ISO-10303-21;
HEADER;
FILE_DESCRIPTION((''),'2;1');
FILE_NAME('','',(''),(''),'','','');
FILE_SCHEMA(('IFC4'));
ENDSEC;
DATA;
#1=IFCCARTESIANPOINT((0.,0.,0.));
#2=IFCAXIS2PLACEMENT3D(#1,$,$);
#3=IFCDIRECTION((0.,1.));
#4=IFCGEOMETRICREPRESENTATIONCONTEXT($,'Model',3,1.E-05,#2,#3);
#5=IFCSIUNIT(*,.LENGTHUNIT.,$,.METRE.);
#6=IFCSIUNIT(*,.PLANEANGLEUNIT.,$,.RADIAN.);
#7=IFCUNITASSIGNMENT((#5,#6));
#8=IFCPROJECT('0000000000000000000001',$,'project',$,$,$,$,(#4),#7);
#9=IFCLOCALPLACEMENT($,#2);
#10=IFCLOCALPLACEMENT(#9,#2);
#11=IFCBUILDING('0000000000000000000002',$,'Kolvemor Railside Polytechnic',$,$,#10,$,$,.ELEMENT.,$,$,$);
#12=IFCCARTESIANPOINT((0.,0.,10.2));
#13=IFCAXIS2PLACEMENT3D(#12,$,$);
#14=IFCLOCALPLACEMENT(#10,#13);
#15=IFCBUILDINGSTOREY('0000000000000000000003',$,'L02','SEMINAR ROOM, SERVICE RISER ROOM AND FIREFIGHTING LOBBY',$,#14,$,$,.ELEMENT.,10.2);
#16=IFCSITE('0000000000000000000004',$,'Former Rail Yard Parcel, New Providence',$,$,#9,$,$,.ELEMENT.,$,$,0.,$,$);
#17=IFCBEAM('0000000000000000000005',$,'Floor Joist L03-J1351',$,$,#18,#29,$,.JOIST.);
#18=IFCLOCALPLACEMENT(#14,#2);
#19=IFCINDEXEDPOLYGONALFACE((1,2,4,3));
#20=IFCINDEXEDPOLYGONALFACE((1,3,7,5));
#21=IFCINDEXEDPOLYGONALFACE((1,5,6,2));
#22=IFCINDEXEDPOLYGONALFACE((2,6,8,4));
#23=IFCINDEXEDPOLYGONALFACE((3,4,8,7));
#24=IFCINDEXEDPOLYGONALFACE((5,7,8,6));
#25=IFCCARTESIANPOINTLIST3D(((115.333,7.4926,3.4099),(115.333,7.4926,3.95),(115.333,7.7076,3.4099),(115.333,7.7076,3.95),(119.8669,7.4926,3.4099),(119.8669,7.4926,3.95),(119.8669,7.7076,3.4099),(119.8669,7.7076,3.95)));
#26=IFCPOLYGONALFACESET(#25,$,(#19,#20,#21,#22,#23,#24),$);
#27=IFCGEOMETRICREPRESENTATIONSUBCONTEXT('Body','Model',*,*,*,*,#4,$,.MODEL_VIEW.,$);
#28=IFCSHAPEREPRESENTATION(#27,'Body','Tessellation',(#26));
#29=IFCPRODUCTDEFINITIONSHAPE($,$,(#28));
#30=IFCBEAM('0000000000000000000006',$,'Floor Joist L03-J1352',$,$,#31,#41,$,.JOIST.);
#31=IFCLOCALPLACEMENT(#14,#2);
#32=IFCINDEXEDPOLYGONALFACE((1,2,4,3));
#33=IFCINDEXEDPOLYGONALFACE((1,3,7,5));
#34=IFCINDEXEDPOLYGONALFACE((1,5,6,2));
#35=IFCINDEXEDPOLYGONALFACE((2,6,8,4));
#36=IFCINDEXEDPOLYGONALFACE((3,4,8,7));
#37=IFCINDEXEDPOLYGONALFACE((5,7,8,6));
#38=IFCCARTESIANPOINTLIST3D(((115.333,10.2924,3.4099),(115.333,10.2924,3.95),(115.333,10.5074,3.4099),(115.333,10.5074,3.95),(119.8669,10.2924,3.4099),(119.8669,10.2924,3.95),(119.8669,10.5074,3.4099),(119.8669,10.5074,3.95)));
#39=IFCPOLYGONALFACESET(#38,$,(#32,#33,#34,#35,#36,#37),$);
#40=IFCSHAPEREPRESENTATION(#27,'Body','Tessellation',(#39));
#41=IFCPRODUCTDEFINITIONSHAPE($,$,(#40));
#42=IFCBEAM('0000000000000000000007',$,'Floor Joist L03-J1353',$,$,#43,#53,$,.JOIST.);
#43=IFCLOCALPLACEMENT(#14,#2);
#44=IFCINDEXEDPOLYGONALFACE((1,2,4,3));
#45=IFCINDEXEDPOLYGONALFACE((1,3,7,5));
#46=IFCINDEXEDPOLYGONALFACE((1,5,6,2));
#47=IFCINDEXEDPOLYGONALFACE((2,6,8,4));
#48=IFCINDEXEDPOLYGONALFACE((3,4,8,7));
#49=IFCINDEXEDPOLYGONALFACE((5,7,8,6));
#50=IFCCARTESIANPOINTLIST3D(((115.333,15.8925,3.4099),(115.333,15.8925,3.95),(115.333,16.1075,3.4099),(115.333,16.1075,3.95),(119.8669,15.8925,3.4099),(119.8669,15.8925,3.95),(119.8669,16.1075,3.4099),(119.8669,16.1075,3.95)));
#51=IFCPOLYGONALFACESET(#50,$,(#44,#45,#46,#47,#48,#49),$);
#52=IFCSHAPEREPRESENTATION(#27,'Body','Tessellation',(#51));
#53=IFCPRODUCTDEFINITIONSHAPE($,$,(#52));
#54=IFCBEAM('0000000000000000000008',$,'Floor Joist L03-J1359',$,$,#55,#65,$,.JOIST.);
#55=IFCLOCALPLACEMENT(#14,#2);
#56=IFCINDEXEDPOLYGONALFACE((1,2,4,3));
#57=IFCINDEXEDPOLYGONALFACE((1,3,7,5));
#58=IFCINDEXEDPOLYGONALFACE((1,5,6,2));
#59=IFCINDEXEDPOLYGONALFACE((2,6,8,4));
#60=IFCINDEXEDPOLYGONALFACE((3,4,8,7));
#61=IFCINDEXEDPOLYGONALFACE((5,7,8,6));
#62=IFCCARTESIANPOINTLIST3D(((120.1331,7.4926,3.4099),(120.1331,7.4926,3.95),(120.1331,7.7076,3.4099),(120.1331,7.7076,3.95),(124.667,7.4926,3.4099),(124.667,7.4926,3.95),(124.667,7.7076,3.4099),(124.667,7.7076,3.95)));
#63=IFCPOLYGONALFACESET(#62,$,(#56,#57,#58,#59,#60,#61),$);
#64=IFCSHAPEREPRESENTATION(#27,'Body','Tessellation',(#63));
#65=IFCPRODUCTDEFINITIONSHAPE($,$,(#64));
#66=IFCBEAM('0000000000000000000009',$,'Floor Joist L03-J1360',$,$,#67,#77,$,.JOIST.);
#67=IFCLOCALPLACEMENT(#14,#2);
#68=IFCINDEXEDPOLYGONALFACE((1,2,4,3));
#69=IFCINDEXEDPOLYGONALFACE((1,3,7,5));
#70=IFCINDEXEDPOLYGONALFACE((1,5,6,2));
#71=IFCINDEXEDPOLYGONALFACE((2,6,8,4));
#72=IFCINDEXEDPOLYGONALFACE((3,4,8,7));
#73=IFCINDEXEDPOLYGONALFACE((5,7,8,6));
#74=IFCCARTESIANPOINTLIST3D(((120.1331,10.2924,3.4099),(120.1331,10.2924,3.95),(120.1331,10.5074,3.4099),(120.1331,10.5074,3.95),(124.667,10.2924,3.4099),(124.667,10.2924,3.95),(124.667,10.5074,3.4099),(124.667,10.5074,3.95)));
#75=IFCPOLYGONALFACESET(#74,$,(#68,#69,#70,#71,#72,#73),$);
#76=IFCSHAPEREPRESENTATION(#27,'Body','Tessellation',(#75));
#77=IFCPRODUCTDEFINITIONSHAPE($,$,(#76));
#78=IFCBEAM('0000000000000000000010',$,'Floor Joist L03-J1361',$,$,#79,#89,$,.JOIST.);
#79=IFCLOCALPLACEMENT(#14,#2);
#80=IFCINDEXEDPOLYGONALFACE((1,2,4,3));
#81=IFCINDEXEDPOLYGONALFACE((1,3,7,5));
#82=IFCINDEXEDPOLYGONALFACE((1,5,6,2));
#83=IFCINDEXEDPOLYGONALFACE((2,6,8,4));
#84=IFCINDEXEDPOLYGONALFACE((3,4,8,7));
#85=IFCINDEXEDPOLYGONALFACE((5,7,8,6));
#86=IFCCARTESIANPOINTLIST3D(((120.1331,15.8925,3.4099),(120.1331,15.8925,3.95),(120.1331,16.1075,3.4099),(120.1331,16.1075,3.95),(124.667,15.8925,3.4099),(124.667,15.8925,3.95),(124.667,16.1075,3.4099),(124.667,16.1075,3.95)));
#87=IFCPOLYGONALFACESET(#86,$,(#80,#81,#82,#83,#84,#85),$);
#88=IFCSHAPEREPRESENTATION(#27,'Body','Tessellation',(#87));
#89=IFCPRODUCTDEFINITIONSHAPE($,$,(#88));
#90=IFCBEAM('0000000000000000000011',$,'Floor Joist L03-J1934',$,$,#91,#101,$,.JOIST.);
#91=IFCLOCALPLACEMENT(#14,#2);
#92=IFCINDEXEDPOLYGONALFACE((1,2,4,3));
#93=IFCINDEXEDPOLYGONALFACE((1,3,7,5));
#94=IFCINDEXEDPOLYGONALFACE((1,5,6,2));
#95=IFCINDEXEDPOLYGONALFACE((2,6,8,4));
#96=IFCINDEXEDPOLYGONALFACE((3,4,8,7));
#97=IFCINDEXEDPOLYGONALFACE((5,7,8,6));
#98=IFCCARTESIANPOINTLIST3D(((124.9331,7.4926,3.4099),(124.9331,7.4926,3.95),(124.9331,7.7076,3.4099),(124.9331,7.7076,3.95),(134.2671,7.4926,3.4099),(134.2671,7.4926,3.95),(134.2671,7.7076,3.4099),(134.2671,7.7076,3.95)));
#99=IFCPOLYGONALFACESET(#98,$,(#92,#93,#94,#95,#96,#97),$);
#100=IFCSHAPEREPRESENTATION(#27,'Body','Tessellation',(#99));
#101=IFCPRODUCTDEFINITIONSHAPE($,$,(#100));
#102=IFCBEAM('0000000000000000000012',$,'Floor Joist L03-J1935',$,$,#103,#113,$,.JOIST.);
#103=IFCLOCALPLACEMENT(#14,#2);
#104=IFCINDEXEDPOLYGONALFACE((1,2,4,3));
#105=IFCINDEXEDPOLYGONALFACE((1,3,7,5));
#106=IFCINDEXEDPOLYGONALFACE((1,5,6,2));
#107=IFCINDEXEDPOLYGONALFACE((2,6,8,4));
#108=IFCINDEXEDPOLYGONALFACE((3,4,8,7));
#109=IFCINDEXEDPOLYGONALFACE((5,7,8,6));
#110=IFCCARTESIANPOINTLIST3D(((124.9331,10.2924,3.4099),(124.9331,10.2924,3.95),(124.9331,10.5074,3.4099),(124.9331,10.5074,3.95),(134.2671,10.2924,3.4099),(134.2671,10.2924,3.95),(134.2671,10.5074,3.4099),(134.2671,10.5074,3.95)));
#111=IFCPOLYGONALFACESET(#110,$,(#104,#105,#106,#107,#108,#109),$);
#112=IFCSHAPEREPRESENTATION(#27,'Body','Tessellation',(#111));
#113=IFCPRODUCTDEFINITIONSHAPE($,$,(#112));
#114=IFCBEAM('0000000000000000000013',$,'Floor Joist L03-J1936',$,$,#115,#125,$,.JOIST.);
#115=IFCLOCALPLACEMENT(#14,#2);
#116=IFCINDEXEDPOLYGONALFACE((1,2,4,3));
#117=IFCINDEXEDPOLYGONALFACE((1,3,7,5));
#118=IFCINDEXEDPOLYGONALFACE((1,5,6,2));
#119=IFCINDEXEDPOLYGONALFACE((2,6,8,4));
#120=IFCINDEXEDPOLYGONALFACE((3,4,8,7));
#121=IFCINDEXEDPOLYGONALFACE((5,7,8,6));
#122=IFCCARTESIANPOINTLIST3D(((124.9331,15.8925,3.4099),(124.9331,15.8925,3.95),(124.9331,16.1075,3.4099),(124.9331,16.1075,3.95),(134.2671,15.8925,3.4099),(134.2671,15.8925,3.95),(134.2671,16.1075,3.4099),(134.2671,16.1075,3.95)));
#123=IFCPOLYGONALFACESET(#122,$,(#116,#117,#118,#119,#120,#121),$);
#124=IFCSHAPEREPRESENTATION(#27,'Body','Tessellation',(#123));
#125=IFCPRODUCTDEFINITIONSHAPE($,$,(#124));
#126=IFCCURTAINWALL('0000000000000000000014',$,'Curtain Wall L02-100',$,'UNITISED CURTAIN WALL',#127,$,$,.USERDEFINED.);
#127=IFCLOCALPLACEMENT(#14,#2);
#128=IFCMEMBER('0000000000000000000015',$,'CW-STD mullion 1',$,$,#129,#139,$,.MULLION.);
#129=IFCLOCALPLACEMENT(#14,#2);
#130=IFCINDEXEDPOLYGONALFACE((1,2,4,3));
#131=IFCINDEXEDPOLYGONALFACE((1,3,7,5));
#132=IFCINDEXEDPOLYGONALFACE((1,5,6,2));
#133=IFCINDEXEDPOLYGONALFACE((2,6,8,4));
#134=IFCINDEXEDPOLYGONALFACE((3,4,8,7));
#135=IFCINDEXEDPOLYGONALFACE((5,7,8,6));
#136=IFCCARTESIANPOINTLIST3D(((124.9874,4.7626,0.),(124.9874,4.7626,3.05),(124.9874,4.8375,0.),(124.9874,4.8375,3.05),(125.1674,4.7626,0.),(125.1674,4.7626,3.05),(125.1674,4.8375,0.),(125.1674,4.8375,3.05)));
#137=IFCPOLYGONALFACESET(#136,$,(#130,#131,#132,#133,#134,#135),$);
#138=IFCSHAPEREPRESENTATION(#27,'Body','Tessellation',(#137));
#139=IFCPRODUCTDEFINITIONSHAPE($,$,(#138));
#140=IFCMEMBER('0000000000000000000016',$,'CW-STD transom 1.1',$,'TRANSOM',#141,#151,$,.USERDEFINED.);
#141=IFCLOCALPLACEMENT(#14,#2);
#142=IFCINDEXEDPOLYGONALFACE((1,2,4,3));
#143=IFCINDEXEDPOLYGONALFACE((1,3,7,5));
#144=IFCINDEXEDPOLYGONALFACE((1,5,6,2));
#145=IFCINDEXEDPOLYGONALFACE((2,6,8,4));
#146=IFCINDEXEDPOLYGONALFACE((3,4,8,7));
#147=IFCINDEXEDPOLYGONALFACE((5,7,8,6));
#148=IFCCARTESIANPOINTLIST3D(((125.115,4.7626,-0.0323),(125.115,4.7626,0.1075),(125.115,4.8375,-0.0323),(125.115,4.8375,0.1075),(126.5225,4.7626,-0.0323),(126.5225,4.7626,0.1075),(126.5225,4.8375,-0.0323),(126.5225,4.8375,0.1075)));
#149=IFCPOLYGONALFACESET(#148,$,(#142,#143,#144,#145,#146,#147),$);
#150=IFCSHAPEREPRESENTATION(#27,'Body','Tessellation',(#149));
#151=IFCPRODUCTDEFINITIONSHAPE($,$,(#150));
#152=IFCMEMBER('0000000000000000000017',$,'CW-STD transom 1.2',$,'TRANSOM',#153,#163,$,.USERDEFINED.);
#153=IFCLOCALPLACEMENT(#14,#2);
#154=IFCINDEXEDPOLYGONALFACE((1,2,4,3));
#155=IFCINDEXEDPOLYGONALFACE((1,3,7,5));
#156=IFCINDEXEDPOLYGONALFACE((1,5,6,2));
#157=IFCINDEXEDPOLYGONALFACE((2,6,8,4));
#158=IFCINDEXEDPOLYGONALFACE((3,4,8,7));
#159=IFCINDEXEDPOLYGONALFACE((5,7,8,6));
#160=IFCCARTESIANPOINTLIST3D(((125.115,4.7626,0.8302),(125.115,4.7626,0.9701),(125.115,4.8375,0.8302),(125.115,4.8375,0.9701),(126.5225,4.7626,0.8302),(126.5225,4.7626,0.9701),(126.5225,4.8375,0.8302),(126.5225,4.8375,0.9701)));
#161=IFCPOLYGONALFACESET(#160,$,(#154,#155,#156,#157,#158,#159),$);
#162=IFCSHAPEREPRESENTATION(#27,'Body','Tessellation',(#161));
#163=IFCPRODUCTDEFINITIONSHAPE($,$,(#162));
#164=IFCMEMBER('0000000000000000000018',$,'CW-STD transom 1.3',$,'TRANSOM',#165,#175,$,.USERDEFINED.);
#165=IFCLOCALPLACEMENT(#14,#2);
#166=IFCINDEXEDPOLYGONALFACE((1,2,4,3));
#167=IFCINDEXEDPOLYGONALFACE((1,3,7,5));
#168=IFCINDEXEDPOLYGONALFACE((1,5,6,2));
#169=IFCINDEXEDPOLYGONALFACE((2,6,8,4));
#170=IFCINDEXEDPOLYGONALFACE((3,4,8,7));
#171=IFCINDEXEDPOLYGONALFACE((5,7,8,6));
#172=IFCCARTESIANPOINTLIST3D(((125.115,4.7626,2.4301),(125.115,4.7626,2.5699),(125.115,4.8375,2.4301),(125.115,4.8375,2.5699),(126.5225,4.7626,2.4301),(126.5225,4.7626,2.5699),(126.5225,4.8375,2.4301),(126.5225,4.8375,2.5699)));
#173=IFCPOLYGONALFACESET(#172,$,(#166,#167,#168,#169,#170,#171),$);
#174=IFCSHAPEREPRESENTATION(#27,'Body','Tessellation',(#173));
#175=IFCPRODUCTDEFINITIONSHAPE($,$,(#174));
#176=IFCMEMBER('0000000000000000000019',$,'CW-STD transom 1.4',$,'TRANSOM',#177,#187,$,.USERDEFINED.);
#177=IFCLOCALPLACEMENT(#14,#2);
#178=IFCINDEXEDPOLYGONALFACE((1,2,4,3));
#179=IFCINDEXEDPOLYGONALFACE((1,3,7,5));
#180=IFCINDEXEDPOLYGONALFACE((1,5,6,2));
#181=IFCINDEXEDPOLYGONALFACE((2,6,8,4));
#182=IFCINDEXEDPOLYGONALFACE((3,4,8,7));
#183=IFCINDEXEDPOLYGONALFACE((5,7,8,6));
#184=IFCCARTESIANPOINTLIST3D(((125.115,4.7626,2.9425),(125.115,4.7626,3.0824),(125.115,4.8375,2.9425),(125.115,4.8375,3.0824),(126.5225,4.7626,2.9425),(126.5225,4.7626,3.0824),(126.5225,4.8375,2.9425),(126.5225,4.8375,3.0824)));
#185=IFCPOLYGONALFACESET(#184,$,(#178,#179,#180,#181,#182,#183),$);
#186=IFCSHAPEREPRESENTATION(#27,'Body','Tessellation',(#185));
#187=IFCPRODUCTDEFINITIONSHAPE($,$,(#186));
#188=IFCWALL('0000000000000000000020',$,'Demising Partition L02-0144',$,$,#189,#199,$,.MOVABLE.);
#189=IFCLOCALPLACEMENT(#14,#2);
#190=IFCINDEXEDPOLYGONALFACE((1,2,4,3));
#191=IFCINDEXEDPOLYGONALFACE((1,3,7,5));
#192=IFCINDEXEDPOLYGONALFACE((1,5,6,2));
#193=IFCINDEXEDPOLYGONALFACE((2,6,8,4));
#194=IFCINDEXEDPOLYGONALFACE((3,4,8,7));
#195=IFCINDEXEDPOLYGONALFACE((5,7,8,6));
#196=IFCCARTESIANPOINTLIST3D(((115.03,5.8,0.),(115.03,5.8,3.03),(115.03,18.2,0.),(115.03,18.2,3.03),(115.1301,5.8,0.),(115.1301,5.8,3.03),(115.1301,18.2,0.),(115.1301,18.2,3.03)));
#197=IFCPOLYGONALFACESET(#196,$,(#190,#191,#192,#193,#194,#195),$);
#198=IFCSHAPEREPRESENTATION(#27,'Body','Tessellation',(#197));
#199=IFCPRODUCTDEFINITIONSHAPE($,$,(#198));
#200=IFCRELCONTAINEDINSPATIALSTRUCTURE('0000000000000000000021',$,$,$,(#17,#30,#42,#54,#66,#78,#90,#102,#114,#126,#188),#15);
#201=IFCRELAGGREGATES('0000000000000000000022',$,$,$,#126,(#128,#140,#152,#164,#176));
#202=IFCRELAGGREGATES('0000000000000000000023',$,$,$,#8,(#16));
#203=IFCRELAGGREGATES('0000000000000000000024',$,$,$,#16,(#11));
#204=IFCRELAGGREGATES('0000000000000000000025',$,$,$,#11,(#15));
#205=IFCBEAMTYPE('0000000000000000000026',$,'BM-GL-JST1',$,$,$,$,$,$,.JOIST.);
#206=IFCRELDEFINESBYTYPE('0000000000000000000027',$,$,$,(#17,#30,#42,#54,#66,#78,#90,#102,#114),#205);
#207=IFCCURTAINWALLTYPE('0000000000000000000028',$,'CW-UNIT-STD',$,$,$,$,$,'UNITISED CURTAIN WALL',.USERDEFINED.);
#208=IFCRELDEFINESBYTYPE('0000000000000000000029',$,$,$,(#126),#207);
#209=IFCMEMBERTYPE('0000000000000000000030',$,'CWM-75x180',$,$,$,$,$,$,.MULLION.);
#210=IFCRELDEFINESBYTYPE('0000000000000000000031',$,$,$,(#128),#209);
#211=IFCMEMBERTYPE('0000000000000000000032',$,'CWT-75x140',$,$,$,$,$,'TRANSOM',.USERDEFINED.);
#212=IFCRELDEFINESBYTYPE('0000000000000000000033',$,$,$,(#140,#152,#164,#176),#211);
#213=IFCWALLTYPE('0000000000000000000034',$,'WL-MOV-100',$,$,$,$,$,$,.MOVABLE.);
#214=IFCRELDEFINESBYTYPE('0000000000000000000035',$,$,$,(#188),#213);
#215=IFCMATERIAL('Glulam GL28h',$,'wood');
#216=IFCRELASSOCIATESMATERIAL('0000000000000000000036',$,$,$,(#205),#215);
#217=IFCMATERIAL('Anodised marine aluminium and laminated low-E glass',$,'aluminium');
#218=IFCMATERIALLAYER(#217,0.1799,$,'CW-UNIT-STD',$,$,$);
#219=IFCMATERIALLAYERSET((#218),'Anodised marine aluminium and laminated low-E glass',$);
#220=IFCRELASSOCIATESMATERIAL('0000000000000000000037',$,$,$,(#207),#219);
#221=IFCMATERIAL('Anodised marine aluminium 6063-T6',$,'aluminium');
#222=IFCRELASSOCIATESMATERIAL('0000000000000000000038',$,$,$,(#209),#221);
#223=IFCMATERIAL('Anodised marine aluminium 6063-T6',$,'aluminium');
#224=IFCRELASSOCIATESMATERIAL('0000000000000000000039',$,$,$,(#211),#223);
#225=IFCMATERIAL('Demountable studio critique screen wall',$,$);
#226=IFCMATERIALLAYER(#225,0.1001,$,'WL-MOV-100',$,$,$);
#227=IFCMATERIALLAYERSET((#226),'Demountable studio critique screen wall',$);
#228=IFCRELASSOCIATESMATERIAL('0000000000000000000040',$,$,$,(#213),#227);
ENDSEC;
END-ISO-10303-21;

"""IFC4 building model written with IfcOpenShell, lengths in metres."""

from ifc_helpers import new_model, si_unit, direction, frame, frame_2d, origin, origin_2d, place, context, subcontext, project, spatial, rectangle, extrude, material, layer, layer_set, material_profile, profile_set, type_object, element, aggregate, save


model = new_model("IFC4")

# Units and contexts
model_context = context("Model", 3, precision=1e-05, world=origin(), true_north=direction((0.0, 1.0)))
body_context = subcontext(model_context, "Body", "Model", "MODEL_VIEW")
ifc_project = project(units=[si_unit("LENGTHUNIT", "METRE"), si_unit("PLANEANGLEUNIT", "RADIAN")], contexts=[model_context])

# Site, building, storey
site_placement = place(None, origin())
site = spatial("IfcSite", under=ifc_project, at=site_placement, Name="Former Rail Yard Parcel, New Providence", CompositionType="ELEMENT", RefElevation=0.0)
building_placement = place(site_placement, origin())
building = spatial("IfcBuilding", under=site, at=building_placement, Name="Kolvemor Railside Polytechnic", CompositionType="ELEMENT")
storey_placement = place(building_placement, frame((0.0, 0.0, 10.2)))
storey = spatial("IfcBuildingStorey", under=building, at=storey_placement, Name="L02", Description="SEMINAR ROOM, SERVICE RISER ROOM AND FIREFIGHTING LOBBY", CompositionType="ELEMENT", Elevation=10.2)

# Beams
ifc_material_1 = material(Name="Glulam GL28h", Category="wood")
ifc_material_profile_1 = material_profile(ifc_material_1, rectangle(XDim=0.2151, YDim=0.54, at=origin_2d()), Name="GL215x540")
ifc_profile_set_1 = profile_set([ifc_material_profile_1], Name="Glulam GL28h")
beam_type_1 = type_object("IfcBeamType", Name="BM-GL-JST1", PredefinedType="JOIST", material=ifc_profile_set_1)
for number, where, z_axis, x_axis, name in (
    (1, (115.333, 7.6001, 3.6799), (1.0, 0.0, 0.0), (0.0, 1.0, 0.0), "Floor Joist L03-J1351"),
    (2, (115.333, 10.3999, 3.6799), (1.0, 0.0, 0.0), (0.0, 1.0, 0.0), "Floor Joist L03-J1352"),
    (3, (115.333, 16.0, 3.6799), (1.0, 0.0, 0.0), (0.0, 1.0, 0.0), "Floor Joist L03-J1353"),
    (4, (120.1331, 7.6001, 3.6799), (1.0, 0.0, 0.0), (0.0, 1.0, 0.0), "Floor Joist L03-J1359"),
    (5, (120.1331, 10.3999, 3.6799), (1.0, 0.0, 0.0), (0.0, 1.0, 0.0), "Floor Joist L03-J1360"),
    (6, (120.1331, 16.0, 3.6799), (1.0, 0.0, 0.0), (0.0, 1.0, 0.0), "Floor Joist L03-J1361"),
):
    element("IfcBeam", number, at=place(storey_placement, frame(where, z_axis=z_axis, x_axis=x_axis)), inside=storey, type_object=beam_type_1, Name=name, PredefinedType="JOIST", context=body_context, shape_type="SweptSolid", body=[
        extrude(rectangle(XDim=0.2151, YDim=0.54, at=origin_2d()), origin(), (0.0, 0.0, 1.0), 4.5339),
    ])
for number, where, z_axis, x_axis, name in (
    (7, (124.9331, 7.6001, 3.6799), (1.0, 0.0, 0.0), (0.0, 1.0, 0.0), "Floor Joist L03-J1934"),
    (8, (124.9331, 10.3999, 3.6799), (1.0, 0.0, 0.0), (0.0, 1.0, 0.0), "Floor Joist L03-J1935"),
    (9, (124.9331, 16.0, 3.6799), (1.0, 0.0, 0.0), (0.0, 1.0, 0.0), "Floor Joist L03-J1936"),
):
    element("IfcBeam", number, at=place(storey_placement, frame(where, z_axis=z_axis, x_axis=x_axis)), inside=storey, type_object=beam_type_1, Name=name, PredefinedType="JOIST", context=body_context, shape_type="SweptSolid", body=[
        extrude(rectangle(XDim=0.2151, YDim=0.54, at=origin_2d()), origin(), (0.0, 0.0, 1.0), 9.334),
    ])

# Curtain wall, members
ifc_material_2 = material(Name="Anodised marine aluminium and laminated low-E glass", Category="aluminium")
ifc_layer_1 = layer(ifc_material_2, 0.1799, Name="CW-UNIT-STD")
ifc_layer_set_1 = layer_set([ifc_layer_1], Name="Anodised marine aluminium and laminated low-E glass")
curtain_wall_type = type_object("IfcCurtainWallType", Name="CW-UNIT-STD", ElementType="UNITISED CURTAIN WALL", PredefinedType="USERDEFINED", material=ifc_layer_set_1)
curtain_wall_placement = place(storey_placement, origin())
curtain_wall = element("IfcCurtainWall", 10, at=curtain_wall_placement, inside=storey, type_object=curtain_wall_type, Name="Curtain Wall L02-100", ObjectType="UNITISED CURTAIN WALL", PredefinedType="USERDEFINED")
ifc_material_3 = material(Name="Anodised marine aluminium 6063-T6", Category="aluminium")
ifc_material_profile_2 = material_profile(ifc_material_3, rectangle(XDim=0.075, YDim=0.1799, at=origin_2d()), Name="CW-MUL-75x180")
ifc_profile_set_2 = profile_set([ifc_material_profile_2], Name="Anodised marine aluminium 6063-T6")
member_type_1 = type_object("IfcMemberType", Name="CWM-75x180", PredefinedType="MULLION", material=ifc_profile_set_2)
member_1_placement = place(storey_placement, frame((125.0774, 4.8, 0.0), z_axis=(0.0, 0.0, 1.0), x_axis=(0.0, 1.0, 0.0)))
member_1 = element("IfcMember", 11, at=member_1_placement, type_object=member_type_1, Name="CW-STD mullion 1", PredefinedType="MULLION", context=body_context, shape_type="SweptSolid", body=[
    extrude(rectangle(XDim=0.075, YDim=0.1799, at=origin_2d()), origin(), (0.0, 0.0, 1.0), 3.05),
])
ifc_material_4 = material(Name="Anodised marine aluminium 6063-T6", Category="aluminium")
ifc_material_profile_3 = material_profile(ifc_material_4, rectangle(XDim=0.075, YDim=0.1399, at=origin_2d()), Name="CW-TRN-75x140")
ifc_profile_set_3 = profile_set([ifc_material_profile_3], Name="Anodised marine aluminium 6063-T6")
member_type_2 = type_object("IfcMemberType", Name="CWT-75x140", ElementType="TRANSOM", PredefinedType="USERDEFINED", material=ifc_profile_set_3)
member_2_placement = place(storey_placement, frame((125.115, 4.8, 0.0376), z_axis=(1.0, 0.0, 0.0), x_axis=(0.0, 1.0, 0.0)))
member_2 = element("IfcMember", 12, at=member_2_placement, type_object=member_type_2, Name="CW-STD transom 1.1", ObjectType="TRANSOM", PredefinedType="USERDEFINED", context=body_context, shape_type="SweptSolid", body=[
    extrude(rectangle(XDim=0.075, YDim=0.1399, at=origin_2d()), origin(), (0.0, 0.0, 1.0), 1.4075),
])
member_3_placement = place(storey_placement, frame((125.115, 4.8, 0.9001), z_axis=(1.0, 0.0, 0.0), x_axis=(0.0, 1.0, 0.0)))
member_3 = element("IfcMember", 13, at=member_3_placement, type_object=member_type_2, Name="CW-STD transom 1.2", ObjectType="TRANSOM", PredefinedType="USERDEFINED", context=body_context, shape_type="SweptSolid", body=[
    extrude(rectangle(XDim=0.075, YDim=0.1399, at=origin_2d()), origin(), (0.0, 0.0, 1.0), 1.4075),
])
member_4_placement = place(storey_placement, frame((125.115, 4.8, 2.5), z_axis=(1.0, 0.0, 0.0), x_axis=(0.0, 1.0, 0.0)))
member_4 = element("IfcMember", 14, at=member_4_placement, type_object=member_type_2, Name="CW-STD transom 1.3", ObjectType="TRANSOM", PredefinedType="USERDEFINED", context=body_context, shape_type="SweptSolid", body=[
    extrude(rectangle(XDim=0.075, YDim=0.1399, at=origin_2d()), origin(), (0.0, 0.0, 1.0), 1.4075),
])
member_5_placement = place(storey_placement, frame((125.115, 4.8, 3.0125), z_axis=(1.0, 0.0, 0.0), x_axis=(0.0, 1.0, 0.0)))
member_5 = element("IfcMember", 15, at=member_5_placement, type_object=member_type_2, Name="CW-STD transom 1.4", ObjectType="TRANSOM", PredefinedType="USERDEFINED", context=body_context, shape_type="SweptSolid", body=[
    extrude(rectangle(XDim=0.075, YDim=0.1399, at=origin_2d()), origin(), (0.0, 0.0, 1.0), 1.4075),
])
aggregate(curtain_wall, [member_1, member_2, member_3, member_4, member_5])

# Wall
ifc_material_5 = material(Name="Demountable studio critique screen wall")
ifc_layer_2 = layer(ifc_material_5, 0.1001, Name="WL-MOV-100")
ifc_layer_set_2 = layer_set([ifc_layer_2], Name="Demountable studio critique screen wall")
wall_type_1 = type_object("IfcWallType", Name="WL-MOV-100", PredefinedType="MOVABLE", material=ifc_layer_set_2)
wall_1_placement = place(storey_placement, frame((115.0801, 5.8, 0.0), z_axis=(0.0, 0.0, 1.0), x_axis=(0.0, 1.0, 0.0)))
element("IfcWall", 16, at=wall_1_placement, inside=storey, type_object=wall_type_1, Name="Demising Partition L02-0144", PredefinedType="MOVABLE", context=body_context, shape_type="SweptSolid", body=[
    extrude(rectangle(XDim=12.3999, YDim=0.1001, at=frame_2d((6.2, 0.0))), origin(), (0.0, 0.0, 1.0), 3.03),
])

save(model, "model.ifc")
